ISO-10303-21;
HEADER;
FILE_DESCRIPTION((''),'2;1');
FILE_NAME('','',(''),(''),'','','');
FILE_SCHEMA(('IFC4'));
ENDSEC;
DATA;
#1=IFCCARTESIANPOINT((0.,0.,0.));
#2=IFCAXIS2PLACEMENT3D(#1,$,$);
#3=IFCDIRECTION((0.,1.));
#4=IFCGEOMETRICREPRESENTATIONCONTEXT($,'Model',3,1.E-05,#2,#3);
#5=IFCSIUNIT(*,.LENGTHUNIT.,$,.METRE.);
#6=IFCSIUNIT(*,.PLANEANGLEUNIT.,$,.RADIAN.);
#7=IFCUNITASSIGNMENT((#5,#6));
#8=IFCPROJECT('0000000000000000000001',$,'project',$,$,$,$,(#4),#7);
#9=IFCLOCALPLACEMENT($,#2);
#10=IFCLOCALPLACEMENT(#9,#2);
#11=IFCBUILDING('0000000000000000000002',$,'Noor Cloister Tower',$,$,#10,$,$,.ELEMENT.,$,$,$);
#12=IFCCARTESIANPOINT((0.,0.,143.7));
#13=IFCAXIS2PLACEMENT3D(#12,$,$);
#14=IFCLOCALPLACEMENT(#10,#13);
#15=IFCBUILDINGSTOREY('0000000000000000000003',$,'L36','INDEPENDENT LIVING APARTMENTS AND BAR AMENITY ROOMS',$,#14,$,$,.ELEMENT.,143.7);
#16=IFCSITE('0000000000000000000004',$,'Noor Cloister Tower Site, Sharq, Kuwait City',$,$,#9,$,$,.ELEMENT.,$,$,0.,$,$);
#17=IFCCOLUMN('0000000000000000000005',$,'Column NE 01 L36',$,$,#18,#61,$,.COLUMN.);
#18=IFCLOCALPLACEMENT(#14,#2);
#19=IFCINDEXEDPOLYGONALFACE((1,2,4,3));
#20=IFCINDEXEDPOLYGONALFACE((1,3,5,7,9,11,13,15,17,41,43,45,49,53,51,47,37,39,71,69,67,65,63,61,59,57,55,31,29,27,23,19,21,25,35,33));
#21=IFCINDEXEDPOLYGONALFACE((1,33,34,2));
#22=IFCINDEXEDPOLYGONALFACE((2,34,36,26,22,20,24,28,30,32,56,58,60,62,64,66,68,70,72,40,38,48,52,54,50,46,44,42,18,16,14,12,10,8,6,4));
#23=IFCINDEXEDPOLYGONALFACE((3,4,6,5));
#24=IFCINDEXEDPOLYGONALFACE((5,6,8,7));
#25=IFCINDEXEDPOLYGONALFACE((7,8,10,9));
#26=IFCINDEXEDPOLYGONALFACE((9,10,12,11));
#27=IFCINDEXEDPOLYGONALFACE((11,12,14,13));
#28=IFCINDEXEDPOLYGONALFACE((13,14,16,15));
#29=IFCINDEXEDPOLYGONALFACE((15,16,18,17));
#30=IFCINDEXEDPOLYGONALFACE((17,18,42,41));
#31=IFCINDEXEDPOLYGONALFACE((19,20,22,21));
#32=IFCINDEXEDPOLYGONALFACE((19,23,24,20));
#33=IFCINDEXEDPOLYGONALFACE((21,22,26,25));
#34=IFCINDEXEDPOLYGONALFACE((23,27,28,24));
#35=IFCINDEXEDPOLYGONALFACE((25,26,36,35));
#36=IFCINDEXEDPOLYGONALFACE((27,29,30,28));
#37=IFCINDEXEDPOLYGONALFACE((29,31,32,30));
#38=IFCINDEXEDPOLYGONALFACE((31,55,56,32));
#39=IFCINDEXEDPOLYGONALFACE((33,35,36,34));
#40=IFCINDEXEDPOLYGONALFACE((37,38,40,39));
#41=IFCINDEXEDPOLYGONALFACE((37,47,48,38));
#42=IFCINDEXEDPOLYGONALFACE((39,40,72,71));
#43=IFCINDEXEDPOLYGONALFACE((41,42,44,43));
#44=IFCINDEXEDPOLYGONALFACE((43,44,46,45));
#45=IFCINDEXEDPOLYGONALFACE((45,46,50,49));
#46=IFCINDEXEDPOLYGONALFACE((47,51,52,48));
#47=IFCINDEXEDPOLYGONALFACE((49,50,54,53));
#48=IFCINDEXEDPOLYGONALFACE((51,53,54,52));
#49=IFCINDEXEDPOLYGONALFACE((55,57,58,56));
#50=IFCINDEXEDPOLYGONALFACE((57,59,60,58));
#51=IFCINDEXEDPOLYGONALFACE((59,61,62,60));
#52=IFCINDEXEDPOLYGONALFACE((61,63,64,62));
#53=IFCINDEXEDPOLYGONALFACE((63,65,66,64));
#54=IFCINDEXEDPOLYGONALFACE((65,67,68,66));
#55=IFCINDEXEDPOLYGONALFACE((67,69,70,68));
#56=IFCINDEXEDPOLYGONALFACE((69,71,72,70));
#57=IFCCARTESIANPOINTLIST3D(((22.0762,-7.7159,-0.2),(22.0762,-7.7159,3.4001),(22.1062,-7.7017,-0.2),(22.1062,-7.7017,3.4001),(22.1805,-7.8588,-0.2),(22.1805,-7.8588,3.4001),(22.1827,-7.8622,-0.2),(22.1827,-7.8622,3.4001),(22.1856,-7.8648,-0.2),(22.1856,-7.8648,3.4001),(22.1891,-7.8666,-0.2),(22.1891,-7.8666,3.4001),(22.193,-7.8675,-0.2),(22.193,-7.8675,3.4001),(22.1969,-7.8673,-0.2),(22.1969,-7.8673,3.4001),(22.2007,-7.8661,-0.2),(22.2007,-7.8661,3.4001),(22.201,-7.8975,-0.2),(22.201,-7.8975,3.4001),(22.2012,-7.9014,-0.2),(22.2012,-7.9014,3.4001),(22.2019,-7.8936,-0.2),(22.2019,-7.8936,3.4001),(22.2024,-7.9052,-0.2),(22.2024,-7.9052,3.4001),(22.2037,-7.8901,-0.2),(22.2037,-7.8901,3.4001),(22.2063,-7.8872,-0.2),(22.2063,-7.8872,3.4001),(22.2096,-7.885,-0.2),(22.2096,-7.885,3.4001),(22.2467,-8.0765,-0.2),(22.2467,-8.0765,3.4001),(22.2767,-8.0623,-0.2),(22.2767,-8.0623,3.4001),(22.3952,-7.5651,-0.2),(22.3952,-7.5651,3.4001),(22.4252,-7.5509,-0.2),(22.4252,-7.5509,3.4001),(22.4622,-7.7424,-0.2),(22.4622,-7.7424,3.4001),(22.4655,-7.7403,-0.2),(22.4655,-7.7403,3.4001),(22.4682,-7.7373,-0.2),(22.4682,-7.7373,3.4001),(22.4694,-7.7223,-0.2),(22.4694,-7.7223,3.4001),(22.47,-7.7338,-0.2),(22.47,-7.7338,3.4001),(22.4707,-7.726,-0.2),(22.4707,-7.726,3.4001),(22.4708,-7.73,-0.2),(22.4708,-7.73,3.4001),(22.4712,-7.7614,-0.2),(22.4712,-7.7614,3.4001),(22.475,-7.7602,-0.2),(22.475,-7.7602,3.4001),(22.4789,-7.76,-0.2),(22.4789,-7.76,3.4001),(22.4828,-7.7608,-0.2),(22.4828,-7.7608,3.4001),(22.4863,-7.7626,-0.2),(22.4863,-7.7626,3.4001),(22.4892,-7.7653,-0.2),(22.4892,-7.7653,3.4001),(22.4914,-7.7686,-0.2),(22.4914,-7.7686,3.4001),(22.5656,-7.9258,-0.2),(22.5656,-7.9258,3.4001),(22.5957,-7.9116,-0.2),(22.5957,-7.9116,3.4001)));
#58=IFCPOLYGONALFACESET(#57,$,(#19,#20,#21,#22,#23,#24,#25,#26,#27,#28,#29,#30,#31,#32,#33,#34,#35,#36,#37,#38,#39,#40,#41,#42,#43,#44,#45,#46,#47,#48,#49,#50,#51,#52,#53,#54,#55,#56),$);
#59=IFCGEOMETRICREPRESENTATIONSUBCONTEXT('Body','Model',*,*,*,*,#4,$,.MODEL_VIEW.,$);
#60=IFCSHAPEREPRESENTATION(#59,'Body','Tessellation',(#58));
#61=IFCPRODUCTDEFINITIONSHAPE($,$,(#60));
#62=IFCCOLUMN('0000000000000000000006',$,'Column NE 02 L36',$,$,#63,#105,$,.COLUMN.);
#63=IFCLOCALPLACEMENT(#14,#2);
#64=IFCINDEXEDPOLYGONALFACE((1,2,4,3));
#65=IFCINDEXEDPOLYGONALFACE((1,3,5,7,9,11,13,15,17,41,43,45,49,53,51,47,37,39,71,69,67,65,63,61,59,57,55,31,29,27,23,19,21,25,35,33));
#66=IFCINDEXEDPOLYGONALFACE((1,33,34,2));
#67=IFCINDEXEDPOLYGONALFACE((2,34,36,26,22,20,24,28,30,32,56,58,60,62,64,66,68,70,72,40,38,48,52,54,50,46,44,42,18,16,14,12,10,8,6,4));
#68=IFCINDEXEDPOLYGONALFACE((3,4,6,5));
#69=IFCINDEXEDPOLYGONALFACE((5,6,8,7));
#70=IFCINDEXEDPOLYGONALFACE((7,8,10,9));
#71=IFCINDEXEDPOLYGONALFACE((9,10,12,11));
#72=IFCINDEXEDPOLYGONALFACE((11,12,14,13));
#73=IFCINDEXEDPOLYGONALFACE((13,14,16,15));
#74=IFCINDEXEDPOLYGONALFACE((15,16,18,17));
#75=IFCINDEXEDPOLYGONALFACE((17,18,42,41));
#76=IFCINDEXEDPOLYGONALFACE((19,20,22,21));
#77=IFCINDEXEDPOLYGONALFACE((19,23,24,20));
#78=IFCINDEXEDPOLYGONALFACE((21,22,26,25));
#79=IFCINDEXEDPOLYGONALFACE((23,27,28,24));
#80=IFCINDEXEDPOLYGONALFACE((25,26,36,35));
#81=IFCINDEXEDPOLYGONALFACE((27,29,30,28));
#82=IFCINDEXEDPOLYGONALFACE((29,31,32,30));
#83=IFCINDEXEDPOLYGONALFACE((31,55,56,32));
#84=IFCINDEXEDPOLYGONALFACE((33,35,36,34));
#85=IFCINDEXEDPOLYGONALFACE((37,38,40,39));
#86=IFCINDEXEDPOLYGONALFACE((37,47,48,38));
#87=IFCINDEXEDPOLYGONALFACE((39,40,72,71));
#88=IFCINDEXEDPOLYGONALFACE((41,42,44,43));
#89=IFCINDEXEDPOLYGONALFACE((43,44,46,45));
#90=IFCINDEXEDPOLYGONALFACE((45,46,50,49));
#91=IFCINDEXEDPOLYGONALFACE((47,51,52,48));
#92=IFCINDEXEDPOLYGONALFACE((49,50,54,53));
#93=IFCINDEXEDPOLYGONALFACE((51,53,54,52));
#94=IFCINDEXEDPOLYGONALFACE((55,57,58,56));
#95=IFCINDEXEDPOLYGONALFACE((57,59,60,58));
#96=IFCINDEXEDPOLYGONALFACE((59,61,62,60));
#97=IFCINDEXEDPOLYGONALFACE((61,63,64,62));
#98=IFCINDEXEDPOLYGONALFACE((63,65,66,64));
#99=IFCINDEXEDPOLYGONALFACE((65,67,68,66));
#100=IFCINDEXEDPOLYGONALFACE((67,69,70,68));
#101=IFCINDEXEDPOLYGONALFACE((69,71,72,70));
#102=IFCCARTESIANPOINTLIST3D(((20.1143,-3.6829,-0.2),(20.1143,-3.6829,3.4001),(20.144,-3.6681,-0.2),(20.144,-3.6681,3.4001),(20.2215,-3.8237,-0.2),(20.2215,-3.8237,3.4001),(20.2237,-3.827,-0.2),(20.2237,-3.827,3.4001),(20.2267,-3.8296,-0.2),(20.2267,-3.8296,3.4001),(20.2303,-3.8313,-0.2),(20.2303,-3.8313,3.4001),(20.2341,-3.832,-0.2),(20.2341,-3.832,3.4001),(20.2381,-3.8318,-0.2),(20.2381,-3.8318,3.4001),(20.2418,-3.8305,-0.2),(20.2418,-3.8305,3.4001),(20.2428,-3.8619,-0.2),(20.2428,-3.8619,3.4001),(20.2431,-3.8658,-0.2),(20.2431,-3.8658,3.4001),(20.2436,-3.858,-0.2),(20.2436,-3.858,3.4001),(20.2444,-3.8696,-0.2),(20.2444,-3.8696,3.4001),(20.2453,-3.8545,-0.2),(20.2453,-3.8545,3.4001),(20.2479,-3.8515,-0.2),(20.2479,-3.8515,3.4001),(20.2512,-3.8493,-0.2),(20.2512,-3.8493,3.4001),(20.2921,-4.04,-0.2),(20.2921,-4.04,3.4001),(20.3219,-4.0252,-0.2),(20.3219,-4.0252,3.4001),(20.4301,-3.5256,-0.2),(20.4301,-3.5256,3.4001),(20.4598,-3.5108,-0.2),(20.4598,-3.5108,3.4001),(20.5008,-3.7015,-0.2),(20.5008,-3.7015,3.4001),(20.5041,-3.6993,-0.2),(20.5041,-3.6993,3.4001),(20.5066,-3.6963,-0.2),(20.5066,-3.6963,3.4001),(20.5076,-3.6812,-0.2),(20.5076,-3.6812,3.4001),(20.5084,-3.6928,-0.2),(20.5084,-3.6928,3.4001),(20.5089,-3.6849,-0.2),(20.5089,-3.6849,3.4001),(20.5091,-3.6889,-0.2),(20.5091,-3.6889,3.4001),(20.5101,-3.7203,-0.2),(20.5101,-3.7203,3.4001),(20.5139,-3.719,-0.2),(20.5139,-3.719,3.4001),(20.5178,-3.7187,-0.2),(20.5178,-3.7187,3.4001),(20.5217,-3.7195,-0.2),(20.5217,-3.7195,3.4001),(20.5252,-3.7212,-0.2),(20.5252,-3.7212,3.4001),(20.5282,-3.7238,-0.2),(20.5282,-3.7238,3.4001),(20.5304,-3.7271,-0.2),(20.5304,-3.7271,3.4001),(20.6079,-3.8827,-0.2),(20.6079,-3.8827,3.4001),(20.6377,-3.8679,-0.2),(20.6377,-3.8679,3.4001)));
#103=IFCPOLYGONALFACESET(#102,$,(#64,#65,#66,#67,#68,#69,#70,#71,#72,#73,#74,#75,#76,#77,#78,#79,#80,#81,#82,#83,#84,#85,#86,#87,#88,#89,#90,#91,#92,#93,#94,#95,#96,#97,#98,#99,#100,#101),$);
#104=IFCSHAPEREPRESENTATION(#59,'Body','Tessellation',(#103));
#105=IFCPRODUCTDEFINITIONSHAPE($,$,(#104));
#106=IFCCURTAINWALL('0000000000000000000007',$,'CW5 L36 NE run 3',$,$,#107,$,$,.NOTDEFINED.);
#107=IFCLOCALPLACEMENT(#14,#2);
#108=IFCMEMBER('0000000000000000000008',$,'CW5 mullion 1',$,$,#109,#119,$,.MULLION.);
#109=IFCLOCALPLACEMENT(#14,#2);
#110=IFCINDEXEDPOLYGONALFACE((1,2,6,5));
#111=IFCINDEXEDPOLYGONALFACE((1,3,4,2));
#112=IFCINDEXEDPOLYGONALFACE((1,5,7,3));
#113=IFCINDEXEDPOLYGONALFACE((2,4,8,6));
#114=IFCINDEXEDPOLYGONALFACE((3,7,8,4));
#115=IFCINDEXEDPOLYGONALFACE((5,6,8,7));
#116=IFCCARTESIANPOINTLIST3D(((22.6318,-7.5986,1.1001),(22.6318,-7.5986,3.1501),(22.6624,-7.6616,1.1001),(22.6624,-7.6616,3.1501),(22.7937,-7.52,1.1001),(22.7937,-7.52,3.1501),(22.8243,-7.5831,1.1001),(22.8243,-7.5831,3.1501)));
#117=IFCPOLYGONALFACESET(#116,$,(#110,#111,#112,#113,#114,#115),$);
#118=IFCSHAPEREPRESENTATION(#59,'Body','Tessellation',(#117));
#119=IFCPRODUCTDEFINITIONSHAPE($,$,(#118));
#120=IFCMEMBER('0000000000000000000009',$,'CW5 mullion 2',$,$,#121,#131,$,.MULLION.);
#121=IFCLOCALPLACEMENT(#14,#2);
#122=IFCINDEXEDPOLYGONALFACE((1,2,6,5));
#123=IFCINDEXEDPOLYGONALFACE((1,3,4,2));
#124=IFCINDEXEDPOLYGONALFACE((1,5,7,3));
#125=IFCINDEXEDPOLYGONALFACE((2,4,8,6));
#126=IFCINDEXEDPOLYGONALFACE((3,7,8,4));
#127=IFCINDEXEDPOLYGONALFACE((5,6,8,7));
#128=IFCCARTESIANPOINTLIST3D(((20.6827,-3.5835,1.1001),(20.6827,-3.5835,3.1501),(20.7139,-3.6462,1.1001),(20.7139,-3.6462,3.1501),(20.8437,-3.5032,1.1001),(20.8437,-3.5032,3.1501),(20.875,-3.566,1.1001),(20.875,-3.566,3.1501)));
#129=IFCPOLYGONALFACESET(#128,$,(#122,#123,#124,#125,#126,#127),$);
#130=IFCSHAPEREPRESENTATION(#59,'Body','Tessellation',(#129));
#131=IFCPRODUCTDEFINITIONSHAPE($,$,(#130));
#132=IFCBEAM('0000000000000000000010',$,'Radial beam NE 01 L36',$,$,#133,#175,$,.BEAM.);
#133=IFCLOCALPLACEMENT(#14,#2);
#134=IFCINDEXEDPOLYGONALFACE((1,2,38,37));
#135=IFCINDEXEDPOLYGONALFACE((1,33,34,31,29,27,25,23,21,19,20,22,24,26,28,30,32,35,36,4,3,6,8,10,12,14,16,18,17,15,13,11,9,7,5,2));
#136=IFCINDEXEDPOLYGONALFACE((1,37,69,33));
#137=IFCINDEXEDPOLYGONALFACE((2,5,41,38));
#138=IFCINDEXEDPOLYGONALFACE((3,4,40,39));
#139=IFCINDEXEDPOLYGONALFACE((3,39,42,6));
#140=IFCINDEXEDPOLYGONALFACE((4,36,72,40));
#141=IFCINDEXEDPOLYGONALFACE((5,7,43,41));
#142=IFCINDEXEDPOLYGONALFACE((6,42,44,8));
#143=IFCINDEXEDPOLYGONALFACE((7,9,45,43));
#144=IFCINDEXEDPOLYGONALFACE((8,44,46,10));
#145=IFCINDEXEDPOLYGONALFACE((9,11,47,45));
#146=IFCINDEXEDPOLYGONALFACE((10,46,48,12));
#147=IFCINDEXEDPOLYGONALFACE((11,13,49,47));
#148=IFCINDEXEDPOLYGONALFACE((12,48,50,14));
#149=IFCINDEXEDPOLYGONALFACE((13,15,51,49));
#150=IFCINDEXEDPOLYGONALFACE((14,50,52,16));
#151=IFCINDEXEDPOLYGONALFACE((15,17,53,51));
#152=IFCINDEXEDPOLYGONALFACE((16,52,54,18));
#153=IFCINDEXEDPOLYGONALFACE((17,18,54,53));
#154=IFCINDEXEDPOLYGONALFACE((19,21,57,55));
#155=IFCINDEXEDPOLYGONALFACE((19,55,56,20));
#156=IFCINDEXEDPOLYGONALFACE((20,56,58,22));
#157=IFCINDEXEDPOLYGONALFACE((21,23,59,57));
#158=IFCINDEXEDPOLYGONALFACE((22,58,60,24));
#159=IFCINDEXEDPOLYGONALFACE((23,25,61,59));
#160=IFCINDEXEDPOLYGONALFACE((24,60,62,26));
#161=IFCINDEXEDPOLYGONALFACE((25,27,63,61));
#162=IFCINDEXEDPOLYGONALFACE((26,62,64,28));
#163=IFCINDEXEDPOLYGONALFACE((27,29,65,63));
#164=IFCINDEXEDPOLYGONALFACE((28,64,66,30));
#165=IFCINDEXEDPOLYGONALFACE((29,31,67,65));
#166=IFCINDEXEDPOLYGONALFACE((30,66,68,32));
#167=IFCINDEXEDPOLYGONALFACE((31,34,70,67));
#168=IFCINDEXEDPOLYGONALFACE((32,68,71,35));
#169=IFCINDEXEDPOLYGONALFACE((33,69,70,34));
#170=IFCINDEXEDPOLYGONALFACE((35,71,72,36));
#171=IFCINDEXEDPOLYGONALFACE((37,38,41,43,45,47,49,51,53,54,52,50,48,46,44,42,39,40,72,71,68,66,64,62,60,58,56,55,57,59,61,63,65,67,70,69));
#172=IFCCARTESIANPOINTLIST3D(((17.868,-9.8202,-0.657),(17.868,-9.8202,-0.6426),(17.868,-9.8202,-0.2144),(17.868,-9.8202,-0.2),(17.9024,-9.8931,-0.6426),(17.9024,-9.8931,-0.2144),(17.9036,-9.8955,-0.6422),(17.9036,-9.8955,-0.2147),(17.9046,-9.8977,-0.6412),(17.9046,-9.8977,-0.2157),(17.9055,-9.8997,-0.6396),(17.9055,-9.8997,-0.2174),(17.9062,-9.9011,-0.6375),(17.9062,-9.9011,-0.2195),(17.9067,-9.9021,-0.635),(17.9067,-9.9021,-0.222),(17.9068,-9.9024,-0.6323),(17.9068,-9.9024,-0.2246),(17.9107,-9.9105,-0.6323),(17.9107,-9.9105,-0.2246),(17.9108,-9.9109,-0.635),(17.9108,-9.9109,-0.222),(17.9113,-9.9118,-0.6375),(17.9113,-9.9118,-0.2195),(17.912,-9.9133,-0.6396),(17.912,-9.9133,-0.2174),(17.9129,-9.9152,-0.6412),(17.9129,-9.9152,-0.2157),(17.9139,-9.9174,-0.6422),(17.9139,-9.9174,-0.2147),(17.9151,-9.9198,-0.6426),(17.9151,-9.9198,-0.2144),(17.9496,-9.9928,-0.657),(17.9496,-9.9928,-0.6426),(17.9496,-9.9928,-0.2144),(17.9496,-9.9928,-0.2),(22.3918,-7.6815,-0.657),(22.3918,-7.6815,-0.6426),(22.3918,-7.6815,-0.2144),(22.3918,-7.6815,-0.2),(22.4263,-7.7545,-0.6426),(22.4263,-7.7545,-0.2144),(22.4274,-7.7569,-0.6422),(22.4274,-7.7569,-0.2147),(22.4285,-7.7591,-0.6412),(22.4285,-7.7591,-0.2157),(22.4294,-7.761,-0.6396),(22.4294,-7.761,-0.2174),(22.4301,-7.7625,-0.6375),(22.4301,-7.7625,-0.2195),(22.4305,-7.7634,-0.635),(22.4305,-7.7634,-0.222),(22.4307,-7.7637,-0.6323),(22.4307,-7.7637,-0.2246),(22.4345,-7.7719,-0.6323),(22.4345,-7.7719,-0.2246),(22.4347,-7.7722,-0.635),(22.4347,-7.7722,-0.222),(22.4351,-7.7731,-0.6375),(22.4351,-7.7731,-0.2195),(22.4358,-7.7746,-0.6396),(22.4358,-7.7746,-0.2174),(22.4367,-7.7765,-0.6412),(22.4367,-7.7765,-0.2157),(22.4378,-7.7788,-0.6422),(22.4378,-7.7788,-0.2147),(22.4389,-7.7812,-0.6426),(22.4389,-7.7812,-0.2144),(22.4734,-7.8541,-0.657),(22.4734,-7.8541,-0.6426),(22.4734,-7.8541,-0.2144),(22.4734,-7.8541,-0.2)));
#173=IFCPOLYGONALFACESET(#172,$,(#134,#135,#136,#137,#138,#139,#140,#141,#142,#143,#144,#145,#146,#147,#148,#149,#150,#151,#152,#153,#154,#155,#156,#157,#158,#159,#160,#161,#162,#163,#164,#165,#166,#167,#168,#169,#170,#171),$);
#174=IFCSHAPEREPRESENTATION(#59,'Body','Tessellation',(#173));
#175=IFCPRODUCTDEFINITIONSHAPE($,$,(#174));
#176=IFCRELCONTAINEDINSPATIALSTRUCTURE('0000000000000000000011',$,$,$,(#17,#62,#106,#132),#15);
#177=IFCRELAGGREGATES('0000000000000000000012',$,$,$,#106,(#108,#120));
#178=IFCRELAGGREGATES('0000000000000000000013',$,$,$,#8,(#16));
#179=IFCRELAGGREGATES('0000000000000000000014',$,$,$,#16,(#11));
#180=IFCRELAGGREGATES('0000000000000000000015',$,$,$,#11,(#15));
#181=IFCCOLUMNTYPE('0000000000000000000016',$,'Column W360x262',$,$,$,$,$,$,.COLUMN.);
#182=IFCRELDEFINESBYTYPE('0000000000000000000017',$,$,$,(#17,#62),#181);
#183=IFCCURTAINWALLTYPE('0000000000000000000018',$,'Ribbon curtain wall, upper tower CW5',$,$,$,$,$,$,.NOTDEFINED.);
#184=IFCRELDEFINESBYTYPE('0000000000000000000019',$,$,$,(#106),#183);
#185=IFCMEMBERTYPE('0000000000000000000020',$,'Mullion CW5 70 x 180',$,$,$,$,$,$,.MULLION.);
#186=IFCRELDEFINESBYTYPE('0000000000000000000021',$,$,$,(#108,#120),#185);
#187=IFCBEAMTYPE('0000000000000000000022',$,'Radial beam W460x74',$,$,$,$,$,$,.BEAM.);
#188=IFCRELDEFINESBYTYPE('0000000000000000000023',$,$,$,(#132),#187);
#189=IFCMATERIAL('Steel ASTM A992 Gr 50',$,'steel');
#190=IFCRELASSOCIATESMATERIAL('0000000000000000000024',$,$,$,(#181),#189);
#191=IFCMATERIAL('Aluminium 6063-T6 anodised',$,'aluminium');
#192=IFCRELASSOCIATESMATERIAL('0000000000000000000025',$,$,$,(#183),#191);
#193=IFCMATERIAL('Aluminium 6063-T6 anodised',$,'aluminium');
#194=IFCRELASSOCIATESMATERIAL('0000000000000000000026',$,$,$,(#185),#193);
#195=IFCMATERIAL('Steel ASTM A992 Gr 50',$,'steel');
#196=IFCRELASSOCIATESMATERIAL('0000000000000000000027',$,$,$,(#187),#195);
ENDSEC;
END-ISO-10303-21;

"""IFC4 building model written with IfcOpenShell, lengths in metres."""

from ifc_helpers import new_model, si_unit, direction, frame, origin, origin_2d, place, context, subcontext, project, spatial, rectangle, i_section, extrude, material, material_profile, profile_set, type_object, element, aggregate, save


model = new_model("IFC4")

# Units and contexts
model_context = context("Model", 3, precision=1e-05, world=origin(), true_north=direction((0.0, 1.0)))
body_context = subcontext(model_context, "Body", "Model", "MODEL_VIEW")
ifc_project = project(units=[si_unit("LENGTHUNIT", "METRE"), si_unit("PLANEANGLEUNIT", "RADIAN")], contexts=[model_context])

# Site, building, storey
site_placement = place(None, origin())
site = spatial("IfcSite", under=ifc_project, at=site_placement, Name="Noor Cloister Tower Site, Sharq, Kuwait City", CompositionType="ELEMENT", RefElevation=0.0)
building_placement = place(site_placement, origin())
building = spatial("IfcBuilding", under=site, at=building_placement, Name="Noor Cloister Tower", CompositionType="ELEMENT")
storey_placement = place(building_placement, frame((0.0, 0.0, 143.7)))
storey = spatial("IfcBuildingStorey", under=building, at=storey_placement, Name="L36", Description="INDEPENDENT LIVING APARTMENTS AND BAR AMENITY ROOMS", CompositionType="ELEMENT", Elevation=143.7)

# Columns
ifc_material_1 = material(Name="Steel ASTM A992 Gr 50", Category="steel")
ifc_material_profile_1 = material_profile(ifc_material_1, i_section(OverallWidth=0.3989, OverallDepth=0.386, WebThickness=0.021, FlangeThickness=0.0332, FilletRadius=0.0151, at=origin_2d()), Name="W360x262")
ifc_profile_set_1 = profile_set([ifc_material_profile_1], Name="Steel ASTM A992 Gr 50")
column_type = type_object("IfcColumnType", Name="Column W360x262", PredefinedType="COLUMN", material=ifc_profile_set_1)
for number, where, z_axis, x_axis, name in (
    (1, (22.3359, -7.8137, -0.2), (0.0, 0.0, 1.0), (-0.427373, 0.904075, 0.0), "Column NE 01 L36"),
    (2, (20.376, -3.7754, -0.2), (0.0, 0.0, 1.0), (-0.445819, 0.895123, 0.0), "Column NE 02 L36"),
):
    element("IfcColumn", number, at=place(storey_placement, frame(where, z_axis=z_axis, x_axis=x_axis)), inside=storey, type_object=column_type, Name=name, PredefinedType="COLUMN", context=body_context, shape_type="SweptSolid", body=[
        extrude(i_section(OverallWidth=0.3989, OverallDepth=0.386, WebThickness=0.021, FlangeThickness=0.0332, FilletRadius=0.0151, at=origin_2d()), origin(), (0.0, 0.0, 1.0), 3.6001),
    ])

# Curtain wall, members
ifc_material_2 = material(Name="Aluminium 6063-T6 anodised", Category="aluminium")
curtain_wall_type = type_object("IfcCurtainWallType", Name="Ribbon curtain wall, upper tower CW5", PredefinedType="NOTDEFINED", material=ifc_material_2)
curtain_wall_placement = place(storey_placement, origin())
curtain_wall = element("IfcCurtainWall", 3, at=curtain_wall_placement, inside=storey, type_object=curtain_wall_type, Name="CW5 L36 NE run 3", PredefinedType="NOTDEFINED")
ifc_material_3 = material(Name="Aluminium 6063-T6 anodised", Category="aluminium")
ifc_material_profile_2 = material_profile(ifc_material_3, rectangle(XDim=0.1799, YDim=0.0701, at=origin_2d()), Name="180 x 70 mullion")
ifc_profile_set_2 = profile_set([ifc_material_profile_2], Name="Aluminium 6063-T6 anodised")
member_type = type_object("IfcMemberType", Name="Mullion CW5 70 x 180", PredefinedType="MULLION", material=ifc_profile_set_2)
member_1_placement = place(storey_placement, frame((22.728, -7.5908, 1.1001), z_axis=(0.0, 0.0, 1.0), x_axis=(-0.899647, -0.436619, 0.0)))
member_1 = element("IfcMember", 4, at=member_1_placement, type_object=member_type, Name="CW5 mullion 1", PredefinedType="MULLION", context=body_context, shape_type="SweptSolid", body=[
    extrude(rectangle(XDim=0.1799, YDim=0.0701, at=origin_2d()), origin(), (0.0, 0.0, 1.0), 2.05),
])
member_2_placement = place(storey_placement, frame((20.7788, -3.5747, 1.1001), z_axis=(0.0, 0.0, 1.0), x_axis=(-0.895123, -0.445819, 0.0)))
member_2 = element("IfcMember", 5, at=member_2_placement, type_object=member_type, Name="CW5 mullion 2", PredefinedType="MULLION", context=body_context, shape_type="SweptSolid", body=[
    extrude(rectangle(XDim=0.1799, YDim=0.0701, at=origin_2d()), origin(), (0.0, 0.0, 1.0), 2.05),
])

# Beam
ifc_material_4 = material(Name="Steel ASTM A992 Gr 50", Category="steel")
ifc_material_profile_3 = material_profile(ifc_material_4, i_section(OverallWidth=0.1909, OverallDepth=0.457, WebThickness=0.009, FlangeThickness=0.0144, FilletRadius=0.0103, at=origin_2d()), Name="W460x74")
ifc_profile_set_3 = profile_set([ifc_material_profile_3], Name="Steel ASTM A992 Gr 50")
beam_type_1 = type_object("IfcBeamType", Name="Radial beam W460x74", PredefinedType="BEAM", material=ifc_profile_set_3)
beam_1_placement = place(storey_placement, frame((22.4326, -7.7678, -0.4285), z_axis=(-0.904065, -0.427394, 0.0), x_axis=(0.427394, -0.904065, 0.0)))
element("IfcBeam", 6, at=beam_1_placement, inside=storey, type_object=beam_type_1, Name="Radial beam NE 01 L36", PredefinedType="BEAM", context=body_context, shape_type="SweptSolid", body=[
    extrude(i_section(OverallWidth=0.1909, OverallDepth=0.457, WebThickness=0.009, FlangeThickness=0.0144, FilletRadius=0.0103, at=origin_2d()), origin(), (0.0, 0.0, 1.0), 5.0039),
])

aggregate(curtain_wall, [member_1, member_2])

save(model, "model.ifc")
